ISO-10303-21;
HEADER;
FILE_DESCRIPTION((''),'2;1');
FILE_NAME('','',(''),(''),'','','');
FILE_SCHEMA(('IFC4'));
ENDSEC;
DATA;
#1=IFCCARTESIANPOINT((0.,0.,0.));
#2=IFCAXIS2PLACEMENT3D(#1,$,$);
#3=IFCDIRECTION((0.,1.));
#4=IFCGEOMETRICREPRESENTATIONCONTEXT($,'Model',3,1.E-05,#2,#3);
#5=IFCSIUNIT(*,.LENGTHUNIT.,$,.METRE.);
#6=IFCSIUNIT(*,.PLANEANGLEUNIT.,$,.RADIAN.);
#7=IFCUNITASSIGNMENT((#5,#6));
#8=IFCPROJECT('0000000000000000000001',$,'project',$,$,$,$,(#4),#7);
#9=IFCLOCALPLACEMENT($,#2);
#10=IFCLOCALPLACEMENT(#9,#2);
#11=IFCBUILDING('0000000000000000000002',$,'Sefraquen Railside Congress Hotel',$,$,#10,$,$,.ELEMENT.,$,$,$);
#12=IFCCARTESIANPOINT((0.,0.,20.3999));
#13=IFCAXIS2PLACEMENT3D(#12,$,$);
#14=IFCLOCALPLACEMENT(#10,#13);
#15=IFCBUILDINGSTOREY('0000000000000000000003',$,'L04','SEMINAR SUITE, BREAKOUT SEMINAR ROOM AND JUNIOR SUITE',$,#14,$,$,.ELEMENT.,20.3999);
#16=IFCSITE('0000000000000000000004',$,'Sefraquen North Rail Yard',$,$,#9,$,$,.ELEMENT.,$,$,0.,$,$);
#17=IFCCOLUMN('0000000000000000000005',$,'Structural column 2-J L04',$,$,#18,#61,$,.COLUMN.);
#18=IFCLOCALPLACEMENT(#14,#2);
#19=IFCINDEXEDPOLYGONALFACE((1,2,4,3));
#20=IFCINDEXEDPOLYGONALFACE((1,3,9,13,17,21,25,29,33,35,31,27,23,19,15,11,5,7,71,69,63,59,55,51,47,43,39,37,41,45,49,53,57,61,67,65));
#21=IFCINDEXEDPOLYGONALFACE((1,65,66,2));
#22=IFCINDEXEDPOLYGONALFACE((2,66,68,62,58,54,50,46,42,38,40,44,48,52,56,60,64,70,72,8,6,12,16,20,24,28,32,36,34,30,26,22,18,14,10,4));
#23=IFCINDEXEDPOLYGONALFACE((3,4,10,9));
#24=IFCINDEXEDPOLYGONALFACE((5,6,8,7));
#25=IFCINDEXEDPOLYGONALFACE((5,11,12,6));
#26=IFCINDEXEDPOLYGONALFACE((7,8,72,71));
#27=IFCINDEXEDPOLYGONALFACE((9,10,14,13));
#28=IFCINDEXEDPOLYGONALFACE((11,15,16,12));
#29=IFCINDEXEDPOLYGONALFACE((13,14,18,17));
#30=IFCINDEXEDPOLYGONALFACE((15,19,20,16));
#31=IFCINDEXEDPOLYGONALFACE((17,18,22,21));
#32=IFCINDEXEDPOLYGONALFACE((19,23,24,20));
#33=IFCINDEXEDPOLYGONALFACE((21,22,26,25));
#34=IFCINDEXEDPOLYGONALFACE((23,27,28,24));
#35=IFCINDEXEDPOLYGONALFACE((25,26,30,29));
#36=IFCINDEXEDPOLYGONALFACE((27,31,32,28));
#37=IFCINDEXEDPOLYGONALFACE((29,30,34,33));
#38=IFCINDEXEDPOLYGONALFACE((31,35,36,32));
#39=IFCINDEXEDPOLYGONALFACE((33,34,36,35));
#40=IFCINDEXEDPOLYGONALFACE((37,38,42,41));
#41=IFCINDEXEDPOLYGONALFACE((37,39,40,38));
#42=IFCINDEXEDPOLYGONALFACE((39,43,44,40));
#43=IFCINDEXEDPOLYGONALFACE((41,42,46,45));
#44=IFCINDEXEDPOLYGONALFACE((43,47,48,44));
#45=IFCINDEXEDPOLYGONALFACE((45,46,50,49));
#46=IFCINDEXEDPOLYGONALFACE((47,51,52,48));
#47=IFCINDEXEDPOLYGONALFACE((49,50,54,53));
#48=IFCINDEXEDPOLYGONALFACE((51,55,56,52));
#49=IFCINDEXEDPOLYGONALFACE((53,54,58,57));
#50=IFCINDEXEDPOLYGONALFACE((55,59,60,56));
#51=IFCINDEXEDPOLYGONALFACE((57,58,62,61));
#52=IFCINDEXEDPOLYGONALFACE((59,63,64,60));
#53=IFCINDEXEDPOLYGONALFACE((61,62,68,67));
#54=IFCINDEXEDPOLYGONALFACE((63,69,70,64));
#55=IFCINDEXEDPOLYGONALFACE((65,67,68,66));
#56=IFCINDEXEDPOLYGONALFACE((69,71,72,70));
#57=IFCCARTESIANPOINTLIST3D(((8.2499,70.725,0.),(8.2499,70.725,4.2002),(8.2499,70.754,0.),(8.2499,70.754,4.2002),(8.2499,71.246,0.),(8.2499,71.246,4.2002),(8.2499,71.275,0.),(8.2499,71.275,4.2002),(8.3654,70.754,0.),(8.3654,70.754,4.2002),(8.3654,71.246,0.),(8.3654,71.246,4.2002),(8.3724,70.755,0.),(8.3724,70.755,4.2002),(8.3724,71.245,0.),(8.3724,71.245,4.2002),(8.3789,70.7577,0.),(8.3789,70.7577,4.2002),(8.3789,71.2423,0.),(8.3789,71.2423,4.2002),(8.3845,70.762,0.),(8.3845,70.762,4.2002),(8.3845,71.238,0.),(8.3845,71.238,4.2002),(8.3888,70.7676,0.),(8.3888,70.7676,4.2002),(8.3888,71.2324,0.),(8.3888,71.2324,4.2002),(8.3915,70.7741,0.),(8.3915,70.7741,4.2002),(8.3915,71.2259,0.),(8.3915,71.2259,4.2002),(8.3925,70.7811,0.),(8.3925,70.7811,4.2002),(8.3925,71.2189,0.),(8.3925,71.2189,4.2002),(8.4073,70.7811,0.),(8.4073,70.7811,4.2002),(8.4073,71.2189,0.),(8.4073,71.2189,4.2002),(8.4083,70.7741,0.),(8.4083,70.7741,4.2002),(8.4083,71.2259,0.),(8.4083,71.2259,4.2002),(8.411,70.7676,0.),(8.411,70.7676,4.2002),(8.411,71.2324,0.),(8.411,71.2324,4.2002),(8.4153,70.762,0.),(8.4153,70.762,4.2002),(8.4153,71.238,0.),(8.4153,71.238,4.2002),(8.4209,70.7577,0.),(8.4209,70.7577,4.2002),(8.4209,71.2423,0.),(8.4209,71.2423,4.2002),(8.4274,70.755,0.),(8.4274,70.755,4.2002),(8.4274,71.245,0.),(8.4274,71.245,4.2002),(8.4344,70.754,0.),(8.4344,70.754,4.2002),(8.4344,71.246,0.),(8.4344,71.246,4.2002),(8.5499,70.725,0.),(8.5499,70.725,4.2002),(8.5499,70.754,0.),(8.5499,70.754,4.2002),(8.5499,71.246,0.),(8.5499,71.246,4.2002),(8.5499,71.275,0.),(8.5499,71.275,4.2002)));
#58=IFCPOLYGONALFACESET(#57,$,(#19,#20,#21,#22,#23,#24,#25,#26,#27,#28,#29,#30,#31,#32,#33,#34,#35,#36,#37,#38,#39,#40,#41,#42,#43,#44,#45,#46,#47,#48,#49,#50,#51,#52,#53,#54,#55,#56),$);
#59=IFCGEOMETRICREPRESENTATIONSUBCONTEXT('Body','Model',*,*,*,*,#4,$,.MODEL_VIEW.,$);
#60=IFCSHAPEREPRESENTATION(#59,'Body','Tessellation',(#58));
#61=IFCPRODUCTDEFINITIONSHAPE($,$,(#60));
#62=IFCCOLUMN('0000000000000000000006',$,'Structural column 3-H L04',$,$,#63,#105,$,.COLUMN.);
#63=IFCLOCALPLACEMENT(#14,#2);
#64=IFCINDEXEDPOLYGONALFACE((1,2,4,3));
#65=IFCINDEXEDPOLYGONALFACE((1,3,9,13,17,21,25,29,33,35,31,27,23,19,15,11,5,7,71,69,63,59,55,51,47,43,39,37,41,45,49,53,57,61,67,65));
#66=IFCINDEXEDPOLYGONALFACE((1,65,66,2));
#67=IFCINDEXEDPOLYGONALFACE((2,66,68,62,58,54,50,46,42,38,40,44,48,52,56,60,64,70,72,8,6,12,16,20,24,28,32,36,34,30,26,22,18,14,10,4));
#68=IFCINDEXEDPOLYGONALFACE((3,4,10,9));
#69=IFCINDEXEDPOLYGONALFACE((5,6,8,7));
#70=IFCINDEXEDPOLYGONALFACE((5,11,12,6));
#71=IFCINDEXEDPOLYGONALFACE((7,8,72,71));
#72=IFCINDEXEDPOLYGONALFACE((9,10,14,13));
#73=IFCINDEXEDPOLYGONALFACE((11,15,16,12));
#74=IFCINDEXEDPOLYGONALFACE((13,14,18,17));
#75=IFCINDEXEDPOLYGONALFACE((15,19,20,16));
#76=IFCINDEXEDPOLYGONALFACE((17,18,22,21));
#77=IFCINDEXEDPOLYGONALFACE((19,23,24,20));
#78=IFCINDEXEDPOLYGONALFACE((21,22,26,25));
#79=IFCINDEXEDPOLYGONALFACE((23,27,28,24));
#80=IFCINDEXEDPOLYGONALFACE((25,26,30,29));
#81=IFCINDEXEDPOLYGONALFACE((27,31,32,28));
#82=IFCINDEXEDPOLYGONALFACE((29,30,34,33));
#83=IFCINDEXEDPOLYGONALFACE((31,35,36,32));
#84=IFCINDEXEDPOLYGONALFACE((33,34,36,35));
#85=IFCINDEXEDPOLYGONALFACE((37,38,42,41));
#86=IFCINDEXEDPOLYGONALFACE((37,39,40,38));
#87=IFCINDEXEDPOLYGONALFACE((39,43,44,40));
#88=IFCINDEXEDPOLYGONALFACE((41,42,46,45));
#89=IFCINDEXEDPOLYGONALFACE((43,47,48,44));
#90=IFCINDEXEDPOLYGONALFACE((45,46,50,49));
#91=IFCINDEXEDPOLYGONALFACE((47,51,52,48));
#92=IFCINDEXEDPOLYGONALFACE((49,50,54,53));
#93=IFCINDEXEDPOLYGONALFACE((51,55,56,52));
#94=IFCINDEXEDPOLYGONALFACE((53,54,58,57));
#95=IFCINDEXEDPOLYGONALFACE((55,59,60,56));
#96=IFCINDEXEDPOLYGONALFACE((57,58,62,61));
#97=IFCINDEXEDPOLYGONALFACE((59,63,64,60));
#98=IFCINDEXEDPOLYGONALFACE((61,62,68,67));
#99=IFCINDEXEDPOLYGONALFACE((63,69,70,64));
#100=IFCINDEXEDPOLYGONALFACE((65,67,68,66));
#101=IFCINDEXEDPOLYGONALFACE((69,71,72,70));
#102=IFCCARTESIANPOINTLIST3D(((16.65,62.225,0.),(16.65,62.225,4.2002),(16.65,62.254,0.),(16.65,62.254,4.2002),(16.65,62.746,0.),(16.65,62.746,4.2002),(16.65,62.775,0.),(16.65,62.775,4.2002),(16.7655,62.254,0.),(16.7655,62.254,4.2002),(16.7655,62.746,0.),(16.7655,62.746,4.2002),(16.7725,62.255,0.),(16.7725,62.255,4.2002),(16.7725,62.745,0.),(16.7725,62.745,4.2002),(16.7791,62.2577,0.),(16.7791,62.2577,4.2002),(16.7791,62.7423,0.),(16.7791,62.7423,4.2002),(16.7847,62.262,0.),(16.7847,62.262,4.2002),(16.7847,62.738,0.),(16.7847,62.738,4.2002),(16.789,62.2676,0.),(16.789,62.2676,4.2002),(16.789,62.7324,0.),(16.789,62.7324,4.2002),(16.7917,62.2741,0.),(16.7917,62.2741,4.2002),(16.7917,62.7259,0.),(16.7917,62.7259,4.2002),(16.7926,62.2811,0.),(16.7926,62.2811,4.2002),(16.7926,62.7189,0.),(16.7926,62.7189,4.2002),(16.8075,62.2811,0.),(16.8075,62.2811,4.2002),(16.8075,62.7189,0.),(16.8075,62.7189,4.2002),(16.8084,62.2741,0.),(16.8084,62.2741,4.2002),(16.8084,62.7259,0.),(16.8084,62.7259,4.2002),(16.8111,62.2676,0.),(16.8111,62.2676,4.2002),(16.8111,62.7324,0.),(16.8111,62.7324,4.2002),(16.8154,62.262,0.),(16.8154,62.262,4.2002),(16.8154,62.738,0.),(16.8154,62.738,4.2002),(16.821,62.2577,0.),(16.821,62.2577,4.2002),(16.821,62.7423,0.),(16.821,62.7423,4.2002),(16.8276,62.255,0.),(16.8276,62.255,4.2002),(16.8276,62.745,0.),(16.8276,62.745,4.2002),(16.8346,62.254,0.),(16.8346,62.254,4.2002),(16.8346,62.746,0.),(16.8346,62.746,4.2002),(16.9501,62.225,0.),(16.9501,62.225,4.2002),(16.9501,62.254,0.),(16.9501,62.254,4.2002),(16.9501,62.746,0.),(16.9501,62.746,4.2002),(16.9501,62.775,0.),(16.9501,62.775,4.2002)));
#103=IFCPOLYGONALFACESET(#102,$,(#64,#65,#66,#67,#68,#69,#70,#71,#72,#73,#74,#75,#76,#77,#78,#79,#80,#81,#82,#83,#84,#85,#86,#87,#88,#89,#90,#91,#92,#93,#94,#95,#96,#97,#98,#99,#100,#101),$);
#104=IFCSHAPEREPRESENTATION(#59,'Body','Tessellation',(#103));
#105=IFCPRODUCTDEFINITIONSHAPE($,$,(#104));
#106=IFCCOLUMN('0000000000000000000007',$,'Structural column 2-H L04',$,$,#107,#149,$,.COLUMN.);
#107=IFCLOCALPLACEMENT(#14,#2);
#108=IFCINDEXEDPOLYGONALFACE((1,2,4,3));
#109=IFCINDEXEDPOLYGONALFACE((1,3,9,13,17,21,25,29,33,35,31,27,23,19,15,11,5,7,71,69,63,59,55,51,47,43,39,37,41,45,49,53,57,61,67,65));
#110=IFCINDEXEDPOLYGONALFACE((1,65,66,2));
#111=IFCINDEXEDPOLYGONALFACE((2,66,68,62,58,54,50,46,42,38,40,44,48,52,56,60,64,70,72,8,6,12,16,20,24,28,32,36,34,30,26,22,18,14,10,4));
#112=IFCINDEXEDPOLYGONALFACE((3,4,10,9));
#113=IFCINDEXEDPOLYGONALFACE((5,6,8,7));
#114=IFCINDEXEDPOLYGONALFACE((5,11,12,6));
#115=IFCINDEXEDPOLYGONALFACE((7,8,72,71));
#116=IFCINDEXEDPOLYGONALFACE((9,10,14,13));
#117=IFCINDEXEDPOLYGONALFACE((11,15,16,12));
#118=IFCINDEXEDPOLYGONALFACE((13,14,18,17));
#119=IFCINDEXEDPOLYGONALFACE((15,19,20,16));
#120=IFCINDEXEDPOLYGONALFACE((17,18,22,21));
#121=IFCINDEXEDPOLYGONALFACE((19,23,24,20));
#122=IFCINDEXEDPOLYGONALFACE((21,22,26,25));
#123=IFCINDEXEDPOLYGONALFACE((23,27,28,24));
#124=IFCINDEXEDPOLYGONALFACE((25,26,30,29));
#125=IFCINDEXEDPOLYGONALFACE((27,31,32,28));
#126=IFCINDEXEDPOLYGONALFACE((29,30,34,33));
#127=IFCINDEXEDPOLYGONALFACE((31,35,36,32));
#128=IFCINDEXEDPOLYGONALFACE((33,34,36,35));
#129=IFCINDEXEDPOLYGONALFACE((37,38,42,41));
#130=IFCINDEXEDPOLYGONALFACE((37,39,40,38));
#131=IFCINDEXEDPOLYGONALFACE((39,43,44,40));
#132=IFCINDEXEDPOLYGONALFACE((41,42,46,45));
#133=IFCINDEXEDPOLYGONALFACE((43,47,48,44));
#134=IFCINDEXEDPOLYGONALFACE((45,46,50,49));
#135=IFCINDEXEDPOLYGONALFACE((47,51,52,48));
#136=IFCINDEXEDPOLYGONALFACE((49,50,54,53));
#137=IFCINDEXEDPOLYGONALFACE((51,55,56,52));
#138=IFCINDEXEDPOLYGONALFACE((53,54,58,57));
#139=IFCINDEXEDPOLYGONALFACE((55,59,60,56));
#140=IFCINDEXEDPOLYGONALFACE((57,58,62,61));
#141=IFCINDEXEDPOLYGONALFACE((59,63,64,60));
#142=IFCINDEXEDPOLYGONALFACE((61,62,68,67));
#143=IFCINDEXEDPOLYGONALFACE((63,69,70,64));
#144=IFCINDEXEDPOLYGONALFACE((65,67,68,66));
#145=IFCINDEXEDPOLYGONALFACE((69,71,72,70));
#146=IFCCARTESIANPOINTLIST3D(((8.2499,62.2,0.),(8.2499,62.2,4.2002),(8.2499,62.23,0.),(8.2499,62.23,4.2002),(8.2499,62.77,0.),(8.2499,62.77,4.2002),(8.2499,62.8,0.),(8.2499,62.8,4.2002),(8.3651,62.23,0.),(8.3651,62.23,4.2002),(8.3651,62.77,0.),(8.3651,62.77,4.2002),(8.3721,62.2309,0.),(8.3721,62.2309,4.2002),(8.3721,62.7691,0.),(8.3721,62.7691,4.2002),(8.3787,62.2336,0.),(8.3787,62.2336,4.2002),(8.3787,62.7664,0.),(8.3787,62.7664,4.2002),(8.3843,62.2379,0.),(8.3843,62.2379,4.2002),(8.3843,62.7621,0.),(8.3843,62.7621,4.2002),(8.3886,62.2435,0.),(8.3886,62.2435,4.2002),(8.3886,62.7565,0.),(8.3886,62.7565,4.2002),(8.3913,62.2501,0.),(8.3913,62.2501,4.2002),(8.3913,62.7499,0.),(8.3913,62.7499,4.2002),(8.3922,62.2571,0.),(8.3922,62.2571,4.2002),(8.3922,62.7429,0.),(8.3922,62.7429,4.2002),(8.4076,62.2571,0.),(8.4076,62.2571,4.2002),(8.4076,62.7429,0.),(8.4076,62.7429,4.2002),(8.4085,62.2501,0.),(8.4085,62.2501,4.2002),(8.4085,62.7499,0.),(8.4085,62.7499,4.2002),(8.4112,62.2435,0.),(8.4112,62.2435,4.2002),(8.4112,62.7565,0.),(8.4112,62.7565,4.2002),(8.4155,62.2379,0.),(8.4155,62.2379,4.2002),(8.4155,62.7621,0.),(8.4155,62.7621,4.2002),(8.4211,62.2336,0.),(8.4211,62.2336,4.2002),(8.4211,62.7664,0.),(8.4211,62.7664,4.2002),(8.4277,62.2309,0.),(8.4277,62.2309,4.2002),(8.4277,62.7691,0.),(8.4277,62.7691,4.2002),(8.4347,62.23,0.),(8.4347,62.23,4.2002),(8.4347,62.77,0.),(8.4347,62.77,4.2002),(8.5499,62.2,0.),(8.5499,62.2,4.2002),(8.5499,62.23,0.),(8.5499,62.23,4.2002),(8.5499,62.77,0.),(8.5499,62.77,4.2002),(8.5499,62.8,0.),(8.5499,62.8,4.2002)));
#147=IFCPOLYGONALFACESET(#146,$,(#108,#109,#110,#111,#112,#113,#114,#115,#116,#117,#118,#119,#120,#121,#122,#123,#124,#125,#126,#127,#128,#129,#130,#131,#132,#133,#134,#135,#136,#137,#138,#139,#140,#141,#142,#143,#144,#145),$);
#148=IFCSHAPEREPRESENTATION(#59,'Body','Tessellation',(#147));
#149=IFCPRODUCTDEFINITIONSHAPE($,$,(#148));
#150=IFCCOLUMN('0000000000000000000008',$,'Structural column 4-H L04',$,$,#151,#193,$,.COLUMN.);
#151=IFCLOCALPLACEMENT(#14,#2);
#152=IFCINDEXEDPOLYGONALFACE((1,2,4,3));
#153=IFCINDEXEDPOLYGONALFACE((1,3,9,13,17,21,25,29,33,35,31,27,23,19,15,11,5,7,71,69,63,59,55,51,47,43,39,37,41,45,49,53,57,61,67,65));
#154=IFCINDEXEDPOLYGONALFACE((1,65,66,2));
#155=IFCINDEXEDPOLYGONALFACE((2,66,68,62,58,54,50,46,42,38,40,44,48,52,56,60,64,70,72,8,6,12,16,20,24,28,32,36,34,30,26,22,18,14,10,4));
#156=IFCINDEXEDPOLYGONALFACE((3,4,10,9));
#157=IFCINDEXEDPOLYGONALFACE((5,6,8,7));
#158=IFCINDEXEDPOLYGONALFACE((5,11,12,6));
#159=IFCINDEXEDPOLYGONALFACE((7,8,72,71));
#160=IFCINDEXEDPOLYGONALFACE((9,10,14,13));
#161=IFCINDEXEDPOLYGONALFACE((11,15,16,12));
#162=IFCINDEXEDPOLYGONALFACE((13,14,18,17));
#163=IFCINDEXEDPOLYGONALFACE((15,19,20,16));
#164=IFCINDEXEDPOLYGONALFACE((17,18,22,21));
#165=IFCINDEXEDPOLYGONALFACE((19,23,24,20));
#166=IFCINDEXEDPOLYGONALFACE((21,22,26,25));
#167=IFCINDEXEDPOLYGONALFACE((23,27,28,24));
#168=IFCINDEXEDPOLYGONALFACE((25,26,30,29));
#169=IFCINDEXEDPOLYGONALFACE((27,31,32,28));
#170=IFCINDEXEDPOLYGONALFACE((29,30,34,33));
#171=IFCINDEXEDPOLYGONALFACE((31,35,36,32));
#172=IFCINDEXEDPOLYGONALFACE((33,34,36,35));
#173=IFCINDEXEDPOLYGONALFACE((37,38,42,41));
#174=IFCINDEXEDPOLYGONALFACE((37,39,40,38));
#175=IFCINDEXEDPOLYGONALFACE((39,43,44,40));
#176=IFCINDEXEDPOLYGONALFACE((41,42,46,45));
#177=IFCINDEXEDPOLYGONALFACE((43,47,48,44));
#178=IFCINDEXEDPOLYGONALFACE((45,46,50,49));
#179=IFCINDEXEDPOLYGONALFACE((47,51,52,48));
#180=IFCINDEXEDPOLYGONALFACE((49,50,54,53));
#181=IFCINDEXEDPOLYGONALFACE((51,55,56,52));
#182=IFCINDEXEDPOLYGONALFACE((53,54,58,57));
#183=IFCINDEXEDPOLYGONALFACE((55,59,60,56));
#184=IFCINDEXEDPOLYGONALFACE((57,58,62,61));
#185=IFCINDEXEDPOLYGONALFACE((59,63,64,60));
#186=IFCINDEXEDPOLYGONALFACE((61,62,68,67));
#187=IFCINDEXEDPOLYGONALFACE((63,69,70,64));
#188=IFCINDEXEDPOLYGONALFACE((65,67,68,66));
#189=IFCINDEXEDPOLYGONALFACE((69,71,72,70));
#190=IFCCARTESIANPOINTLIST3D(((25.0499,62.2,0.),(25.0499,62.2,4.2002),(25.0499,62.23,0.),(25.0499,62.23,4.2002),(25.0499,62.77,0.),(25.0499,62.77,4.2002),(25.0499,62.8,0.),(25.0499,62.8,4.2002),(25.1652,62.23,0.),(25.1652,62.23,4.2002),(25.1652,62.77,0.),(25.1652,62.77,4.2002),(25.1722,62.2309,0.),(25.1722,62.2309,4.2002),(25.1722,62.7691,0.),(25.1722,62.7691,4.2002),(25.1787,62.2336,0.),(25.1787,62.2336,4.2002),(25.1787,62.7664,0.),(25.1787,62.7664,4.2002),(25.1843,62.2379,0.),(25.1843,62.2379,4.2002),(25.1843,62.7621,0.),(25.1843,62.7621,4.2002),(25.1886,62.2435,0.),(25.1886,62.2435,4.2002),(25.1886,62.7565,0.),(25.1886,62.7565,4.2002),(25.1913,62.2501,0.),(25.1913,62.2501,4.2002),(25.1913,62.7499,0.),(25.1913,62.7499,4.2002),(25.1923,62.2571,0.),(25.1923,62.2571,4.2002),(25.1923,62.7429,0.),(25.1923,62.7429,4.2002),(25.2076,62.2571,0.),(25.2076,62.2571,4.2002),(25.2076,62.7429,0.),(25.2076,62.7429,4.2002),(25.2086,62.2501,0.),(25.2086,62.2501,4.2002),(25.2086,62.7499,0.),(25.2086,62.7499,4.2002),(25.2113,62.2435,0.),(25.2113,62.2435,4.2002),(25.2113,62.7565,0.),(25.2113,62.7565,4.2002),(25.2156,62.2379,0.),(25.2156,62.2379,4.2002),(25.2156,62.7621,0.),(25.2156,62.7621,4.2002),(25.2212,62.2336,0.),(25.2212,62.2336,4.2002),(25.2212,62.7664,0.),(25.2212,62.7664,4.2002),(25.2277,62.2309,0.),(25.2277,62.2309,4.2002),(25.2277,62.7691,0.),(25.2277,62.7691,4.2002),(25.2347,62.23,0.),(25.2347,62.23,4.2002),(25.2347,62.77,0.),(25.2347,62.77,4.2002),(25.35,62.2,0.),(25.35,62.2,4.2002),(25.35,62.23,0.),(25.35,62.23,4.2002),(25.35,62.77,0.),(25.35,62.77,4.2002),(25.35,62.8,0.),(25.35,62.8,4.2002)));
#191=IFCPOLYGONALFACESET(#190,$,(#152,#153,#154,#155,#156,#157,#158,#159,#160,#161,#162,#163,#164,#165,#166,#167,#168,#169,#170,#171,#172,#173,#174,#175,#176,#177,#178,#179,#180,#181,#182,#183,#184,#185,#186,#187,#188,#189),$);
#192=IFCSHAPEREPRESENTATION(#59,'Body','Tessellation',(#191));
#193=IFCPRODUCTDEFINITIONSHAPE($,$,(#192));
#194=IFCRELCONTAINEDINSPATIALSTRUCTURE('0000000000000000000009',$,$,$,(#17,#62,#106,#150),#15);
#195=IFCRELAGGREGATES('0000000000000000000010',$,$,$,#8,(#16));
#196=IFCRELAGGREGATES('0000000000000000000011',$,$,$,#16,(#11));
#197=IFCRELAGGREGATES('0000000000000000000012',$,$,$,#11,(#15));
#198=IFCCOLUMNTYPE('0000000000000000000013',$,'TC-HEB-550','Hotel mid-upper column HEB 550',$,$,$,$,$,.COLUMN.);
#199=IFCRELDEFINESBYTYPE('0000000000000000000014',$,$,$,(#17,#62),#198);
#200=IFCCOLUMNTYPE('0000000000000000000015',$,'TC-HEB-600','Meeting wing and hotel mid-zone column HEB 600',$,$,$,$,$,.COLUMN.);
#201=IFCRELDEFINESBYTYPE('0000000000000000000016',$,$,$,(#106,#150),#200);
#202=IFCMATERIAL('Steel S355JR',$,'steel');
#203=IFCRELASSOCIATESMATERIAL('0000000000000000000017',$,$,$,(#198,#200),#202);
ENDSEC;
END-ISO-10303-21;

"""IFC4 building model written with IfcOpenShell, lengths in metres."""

from ifc_helpers import new_model, si_unit, direction, frame, origin, origin_2d, place, context, subcontext, project, spatial, i_section, extrude, material, material_profile, profile_set, type_object, element, save


model = new_model("IFC4")

# Units and contexts
model_context = context("Model", 3, precision=1e-05, world=origin(), true_north=direction((0.0, 1.0)))
body_context = subcontext(model_context, "Body", "Model", "MODEL_VIEW")
ifc_project = project(units=[si_unit("LENGTHUNIT", "METRE"), si_unit("PLANEANGLEUNIT", "RADIAN")], contexts=[model_context])

# Site, building, storey
site_placement = place(None, origin())
site = spatial("IfcSite", under=ifc_project, at=site_placement, Name="Sefraquen North Rail Yard", CompositionType="ELEMENT", RefElevation=0.0)
building_placement = place(site_placement, origin())
building = spatial("IfcBuilding", under=site, at=building_placement, Name="Sefraquen Railside Congress Hotel", CompositionType="ELEMENT")
storey_placement = place(building_placement, frame((0.0, 0.0, 20.3999)))
storey = spatial("IfcBuildingStorey", under=building, at=storey_placement, Name="L04", Description="SEMINAR SUITE, BREAKOUT SEMINAR ROOM AND JUNIOR SUITE", CompositionType="ELEMENT", Elevation=20.3999)

# Columns
ifc_material_1 = material(Name="Steel S355JR", Category="steel")
ifc_material_profile_1 = material_profile(ifc_material_1, i_section(OverallWidth=0.3, OverallDepth=0.55, WebThickness=0.0149, FlangeThickness=0.0291, FilletRadius=0.0271, at=origin_2d()), Name="HEB 550")
ifc_profile_set_1 = profile_set([ifc_material_profile_1], Name="Steel S355JR")
column_type_1 = type_object("IfcColumnType", Name="TC-HEB-550", Description="Hotel mid-upper column HEB 550", PredefinedType="COLUMN", material=ifc_profile_set_1)
for number, where, z_axis, x_axis, name in (
    (1, (8.3999, 71.0, 0.0), (0.0, 0.0, 1.0), (1.0, 0.0, 0.0), "Structural column 2-J L04"),
    (2, (16.8, 62.5, 0.0), (0.0, 0.0, 1.0), (1.0, 0.0, 0.0), "Structural column 3-H L04"),
):
    element("IfcColumn", number, at=place(storey_placement, frame(where, z_axis=z_axis, x_axis=x_axis)), inside=storey, type_object=column_type_1, Name=name, PredefinedType="COLUMN", context=body_context, shape_type="SweptSolid", body=[
        extrude(i_section(OverallWidth=0.3, OverallDepth=0.55, WebThickness=0.0149, FlangeThickness=0.0291, FilletRadius=0.0271, at=origin_2d()), origin(), (0.0, 0.0, 1.0), 4.2002),
    ])
ifc_material_profile_2 = material_profile(ifc_material_1, i_section(OverallWidth=0.3, OverallDepth=0.6001, WebThickness=0.0154, FlangeThickness=0.03, FilletRadius=0.0271, at=origin_2d()), Name="HEB 600")
ifc_profile_set_2 = profile_set([ifc_material_profile_2], Name="Steel S355JR")
column_type_2 = type_object("IfcColumnType", Name="TC-HEB-600", Description="Meeting wing and hotel mid-zone column HEB 600", PredefinedType="COLUMN", material=ifc_profile_set_2)
for number, where, z_axis, x_axis, name in (
    (3, (8.3999, 62.5, 0.0), (0.0, 0.0, 1.0), (1.0, 0.0, 0.0), "Structural column 2-H L04"),
    (4, (25.2, 62.5, 0.0), (0.0, 0.0, 1.0), (1.0, 0.0, 0.0), "Structural column 4-H L04"),
):
    element("IfcColumn", number, at=place(storey_placement, frame(where, z_axis=z_axis, x_axis=x_axis)), inside=storey, type_object=column_type_2, Name=name, PredefinedType="COLUMN", context=body_context, shape_type="SweptSolid", body=[
        extrude(i_section(OverallWidth=0.3, OverallDepth=0.6001, WebThickness=0.0154, FlangeThickness=0.03, FilletRadius=0.0271, at=origin_2d()), origin(), (0.0, 0.0, 1.0), 4.2002),
    ])

save(model, "model.ifc")
